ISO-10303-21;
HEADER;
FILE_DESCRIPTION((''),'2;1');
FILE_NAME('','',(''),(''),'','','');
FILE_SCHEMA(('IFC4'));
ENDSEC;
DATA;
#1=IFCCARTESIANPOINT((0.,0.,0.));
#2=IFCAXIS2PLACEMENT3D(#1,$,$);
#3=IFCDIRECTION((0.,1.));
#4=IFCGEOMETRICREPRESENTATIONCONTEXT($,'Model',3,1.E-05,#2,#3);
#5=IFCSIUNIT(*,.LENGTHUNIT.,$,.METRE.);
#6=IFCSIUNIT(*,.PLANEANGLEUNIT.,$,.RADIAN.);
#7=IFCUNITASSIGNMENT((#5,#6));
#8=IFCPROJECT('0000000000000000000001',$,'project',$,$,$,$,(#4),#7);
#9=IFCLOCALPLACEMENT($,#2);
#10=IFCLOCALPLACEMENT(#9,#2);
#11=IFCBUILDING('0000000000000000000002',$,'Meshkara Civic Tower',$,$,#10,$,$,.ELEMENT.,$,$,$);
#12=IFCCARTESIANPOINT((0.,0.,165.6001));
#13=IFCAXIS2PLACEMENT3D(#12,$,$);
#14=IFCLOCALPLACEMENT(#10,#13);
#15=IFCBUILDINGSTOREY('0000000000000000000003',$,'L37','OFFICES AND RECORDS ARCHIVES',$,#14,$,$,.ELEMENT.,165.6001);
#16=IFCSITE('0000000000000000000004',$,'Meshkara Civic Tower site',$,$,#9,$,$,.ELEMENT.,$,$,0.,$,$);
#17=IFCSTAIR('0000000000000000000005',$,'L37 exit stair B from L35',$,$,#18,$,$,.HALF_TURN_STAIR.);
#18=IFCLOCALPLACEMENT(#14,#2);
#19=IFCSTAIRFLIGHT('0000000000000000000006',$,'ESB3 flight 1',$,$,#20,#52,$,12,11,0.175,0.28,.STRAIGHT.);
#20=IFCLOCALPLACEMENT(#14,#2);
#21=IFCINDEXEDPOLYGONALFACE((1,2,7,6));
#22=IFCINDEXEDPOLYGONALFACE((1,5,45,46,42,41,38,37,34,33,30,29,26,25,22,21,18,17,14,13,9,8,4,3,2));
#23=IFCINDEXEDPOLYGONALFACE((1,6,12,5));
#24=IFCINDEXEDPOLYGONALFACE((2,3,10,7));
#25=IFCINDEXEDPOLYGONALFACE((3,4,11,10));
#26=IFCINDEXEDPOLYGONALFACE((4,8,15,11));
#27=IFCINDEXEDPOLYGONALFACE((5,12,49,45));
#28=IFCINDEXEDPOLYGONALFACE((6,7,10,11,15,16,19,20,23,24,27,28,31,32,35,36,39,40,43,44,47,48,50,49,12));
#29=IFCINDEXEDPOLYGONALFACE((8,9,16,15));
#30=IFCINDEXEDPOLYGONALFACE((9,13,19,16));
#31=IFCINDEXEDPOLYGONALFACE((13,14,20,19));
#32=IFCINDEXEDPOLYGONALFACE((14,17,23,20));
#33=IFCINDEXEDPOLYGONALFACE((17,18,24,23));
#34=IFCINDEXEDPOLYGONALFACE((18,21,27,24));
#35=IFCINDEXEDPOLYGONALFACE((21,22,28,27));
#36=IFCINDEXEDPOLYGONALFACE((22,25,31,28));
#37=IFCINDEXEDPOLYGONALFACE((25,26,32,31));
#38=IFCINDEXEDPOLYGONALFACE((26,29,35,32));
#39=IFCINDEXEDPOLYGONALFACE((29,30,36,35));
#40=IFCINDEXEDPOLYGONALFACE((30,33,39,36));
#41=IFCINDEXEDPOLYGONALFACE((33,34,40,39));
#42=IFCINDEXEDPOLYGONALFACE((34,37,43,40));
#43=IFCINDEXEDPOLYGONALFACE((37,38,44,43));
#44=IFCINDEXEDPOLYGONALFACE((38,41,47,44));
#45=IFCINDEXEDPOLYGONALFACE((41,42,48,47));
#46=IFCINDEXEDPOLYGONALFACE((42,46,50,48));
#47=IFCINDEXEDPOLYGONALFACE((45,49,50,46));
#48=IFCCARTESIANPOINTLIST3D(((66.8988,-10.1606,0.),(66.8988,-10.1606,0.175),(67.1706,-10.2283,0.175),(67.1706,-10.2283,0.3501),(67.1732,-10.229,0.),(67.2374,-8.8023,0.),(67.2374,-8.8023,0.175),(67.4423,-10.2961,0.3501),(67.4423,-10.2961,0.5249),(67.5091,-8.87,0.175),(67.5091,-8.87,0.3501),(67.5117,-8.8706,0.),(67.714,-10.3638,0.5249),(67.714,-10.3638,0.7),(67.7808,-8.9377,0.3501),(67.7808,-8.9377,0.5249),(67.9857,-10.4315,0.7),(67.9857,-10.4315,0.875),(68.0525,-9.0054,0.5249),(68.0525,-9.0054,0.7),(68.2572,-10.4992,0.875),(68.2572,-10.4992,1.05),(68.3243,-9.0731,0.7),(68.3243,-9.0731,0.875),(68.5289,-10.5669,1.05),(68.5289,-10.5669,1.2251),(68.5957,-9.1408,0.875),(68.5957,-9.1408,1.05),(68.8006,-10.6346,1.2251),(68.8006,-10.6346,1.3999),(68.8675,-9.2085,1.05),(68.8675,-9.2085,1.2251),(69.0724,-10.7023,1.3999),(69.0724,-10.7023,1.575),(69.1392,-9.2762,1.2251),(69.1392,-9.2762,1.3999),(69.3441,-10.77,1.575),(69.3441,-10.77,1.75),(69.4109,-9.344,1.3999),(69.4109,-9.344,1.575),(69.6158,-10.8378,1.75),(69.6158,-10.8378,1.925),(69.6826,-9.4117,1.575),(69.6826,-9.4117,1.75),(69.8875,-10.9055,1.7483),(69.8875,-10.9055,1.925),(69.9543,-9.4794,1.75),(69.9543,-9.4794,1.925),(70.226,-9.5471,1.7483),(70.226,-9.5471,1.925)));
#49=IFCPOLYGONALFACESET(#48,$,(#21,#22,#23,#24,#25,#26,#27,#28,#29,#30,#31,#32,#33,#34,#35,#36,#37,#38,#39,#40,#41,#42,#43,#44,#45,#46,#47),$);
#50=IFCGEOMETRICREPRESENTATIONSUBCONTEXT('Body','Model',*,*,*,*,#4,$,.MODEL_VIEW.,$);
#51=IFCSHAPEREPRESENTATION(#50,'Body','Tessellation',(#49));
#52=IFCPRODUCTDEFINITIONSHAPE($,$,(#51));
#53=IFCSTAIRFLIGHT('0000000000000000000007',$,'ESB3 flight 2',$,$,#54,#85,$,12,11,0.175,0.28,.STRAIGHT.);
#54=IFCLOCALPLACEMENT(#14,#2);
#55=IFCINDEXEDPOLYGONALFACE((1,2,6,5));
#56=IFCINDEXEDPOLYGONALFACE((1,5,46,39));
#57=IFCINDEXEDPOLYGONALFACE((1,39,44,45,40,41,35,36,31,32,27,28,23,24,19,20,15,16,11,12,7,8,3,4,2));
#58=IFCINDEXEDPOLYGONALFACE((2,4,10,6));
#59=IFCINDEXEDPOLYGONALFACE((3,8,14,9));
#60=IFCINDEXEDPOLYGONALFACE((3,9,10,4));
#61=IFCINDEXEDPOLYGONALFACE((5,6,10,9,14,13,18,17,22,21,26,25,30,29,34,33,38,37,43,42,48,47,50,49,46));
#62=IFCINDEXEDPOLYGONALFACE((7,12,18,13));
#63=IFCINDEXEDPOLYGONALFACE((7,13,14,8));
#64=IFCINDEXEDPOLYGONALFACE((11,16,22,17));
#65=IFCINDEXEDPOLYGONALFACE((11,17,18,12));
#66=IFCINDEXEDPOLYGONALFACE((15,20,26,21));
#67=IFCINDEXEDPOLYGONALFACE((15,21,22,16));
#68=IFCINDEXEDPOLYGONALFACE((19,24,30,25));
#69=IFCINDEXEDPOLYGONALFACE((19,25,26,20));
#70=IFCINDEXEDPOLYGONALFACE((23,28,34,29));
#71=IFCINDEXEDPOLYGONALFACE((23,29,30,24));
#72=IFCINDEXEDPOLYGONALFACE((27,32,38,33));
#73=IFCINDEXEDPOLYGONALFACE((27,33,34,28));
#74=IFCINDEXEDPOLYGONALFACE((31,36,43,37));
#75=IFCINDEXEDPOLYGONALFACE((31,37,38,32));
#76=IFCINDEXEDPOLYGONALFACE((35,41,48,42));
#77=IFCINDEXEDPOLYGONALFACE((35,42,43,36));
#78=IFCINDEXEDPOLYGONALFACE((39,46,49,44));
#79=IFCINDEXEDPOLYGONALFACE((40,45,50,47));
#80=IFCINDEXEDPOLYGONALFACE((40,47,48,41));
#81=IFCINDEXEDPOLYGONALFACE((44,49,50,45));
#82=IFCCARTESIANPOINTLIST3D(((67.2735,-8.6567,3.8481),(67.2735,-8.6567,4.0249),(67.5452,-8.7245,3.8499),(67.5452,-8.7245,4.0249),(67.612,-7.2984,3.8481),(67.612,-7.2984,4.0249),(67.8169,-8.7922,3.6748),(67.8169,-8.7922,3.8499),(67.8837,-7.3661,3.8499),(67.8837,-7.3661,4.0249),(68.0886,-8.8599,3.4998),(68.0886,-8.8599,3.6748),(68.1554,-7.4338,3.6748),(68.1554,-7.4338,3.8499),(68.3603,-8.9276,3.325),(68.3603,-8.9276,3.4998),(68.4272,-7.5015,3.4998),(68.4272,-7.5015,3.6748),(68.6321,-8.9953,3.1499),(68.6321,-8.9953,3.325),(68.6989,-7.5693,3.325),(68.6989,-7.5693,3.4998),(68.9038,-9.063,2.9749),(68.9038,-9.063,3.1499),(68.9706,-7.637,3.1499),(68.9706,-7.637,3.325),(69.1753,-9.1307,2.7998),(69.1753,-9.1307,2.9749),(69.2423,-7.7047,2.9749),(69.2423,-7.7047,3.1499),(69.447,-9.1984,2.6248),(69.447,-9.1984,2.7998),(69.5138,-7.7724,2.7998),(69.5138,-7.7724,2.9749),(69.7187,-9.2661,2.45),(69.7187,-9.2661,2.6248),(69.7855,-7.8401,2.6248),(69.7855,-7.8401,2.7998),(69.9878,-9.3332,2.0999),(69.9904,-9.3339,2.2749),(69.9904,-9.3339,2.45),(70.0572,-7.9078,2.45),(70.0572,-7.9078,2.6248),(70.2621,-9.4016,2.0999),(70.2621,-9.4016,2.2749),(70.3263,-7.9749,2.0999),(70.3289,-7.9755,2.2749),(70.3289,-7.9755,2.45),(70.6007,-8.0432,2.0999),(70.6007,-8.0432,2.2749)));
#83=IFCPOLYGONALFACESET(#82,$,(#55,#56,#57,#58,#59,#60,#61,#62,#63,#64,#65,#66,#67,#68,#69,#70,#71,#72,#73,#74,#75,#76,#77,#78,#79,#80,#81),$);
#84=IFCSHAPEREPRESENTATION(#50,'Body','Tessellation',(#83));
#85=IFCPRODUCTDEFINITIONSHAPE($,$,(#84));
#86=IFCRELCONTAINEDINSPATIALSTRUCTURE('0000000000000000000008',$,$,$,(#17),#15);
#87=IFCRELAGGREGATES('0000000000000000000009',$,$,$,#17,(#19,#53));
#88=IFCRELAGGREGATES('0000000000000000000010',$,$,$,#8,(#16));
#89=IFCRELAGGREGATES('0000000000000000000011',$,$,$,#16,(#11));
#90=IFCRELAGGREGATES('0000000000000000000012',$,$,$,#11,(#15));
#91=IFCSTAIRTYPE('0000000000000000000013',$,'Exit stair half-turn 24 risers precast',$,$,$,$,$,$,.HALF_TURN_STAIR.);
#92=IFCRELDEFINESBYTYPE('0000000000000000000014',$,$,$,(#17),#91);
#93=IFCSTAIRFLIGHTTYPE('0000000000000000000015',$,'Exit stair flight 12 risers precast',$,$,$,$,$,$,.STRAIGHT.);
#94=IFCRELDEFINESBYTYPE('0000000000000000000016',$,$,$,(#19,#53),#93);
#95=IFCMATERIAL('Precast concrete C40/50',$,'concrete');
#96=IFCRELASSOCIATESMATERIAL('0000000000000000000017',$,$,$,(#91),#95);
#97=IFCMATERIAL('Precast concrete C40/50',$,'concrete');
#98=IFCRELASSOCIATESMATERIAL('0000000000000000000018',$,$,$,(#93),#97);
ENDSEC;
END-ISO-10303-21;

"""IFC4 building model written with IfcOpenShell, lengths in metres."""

from ifc_helpers import new_model, si_unit, direction, frame, origin, place, context, subcontext, project, spatial, polyline, outline, extrude, material, type_object, element, aggregate, save


model = new_model("IFC4")

# Units and contexts
model_context = context("Model", 3, precision=1e-05, world=origin(), true_north=direction((0.0, 1.0)))
body_context = subcontext(model_context, "Body", "Model", "MODEL_VIEW")
ifc_project = project(units=[si_unit("LENGTHUNIT", "METRE"), si_unit("PLANEANGLEUNIT", "RADIAN")], contexts=[model_context])

# Site, building, storey
site_placement = place(None, origin())
site = spatial("IfcSite", under=ifc_project, at=site_placement, Name="Meshkara Civic Tower site", CompositionType="ELEMENT", RefElevation=0.0)
building_placement = place(site_placement, origin())
building = spatial("IfcBuilding", under=site, at=building_placement, Name="Meshkara Civic Tower", CompositionType="ELEMENT")
storey_placement = place(building_placement, frame((0.0, 0.0, 165.6001)))
storey = spatial("IfcBuildingStorey", under=building, at=storey_placement, Name="L37", Description="OFFICES AND RECORDS ARCHIVES", CompositionType="ELEMENT", Elevation=165.6001)

# Stair, stair flights
ifc_material_1 = material(Name="Precast concrete C40/50", Category="concrete")
stair_type = type_object("IfcStairType", Name="Exit stair half-turn 24 risers precast", PredefinedType="HALF_TURN_STAIR", material=ifc_material_1)
stair_placement = place(storey_placement, origin())
stair = element("IfcStair", 1, at=stair_placement, inside=storey, type_object=stair_type, Name="L37 exit stair B from L35", PredefinedType="HALF_TURN_STAIR")
ifc_material_2 = material(Name="Precast concrete C40/50", Category="concrete")
stair_flight_type = type_object("IfcStairFlightType", Name="Exit stair flight 12 risers precast", PredefinedType="STRAIGHT", material=ifc_material_2)
stair_flight_1_placement = place(storey_placement, frame((67.0681, -9.4814, 0.0), z_axis=(0.0, 0.0, 1.0), x_axis=(0.970319, -0.24183, 0.0)))
stair_flight_1 = element("IfcStairFlight", 2, at=stair_flight_1_placement, type_object=stair_flight_type, Name="ESB3 flight 1", NumberOfRisers=12, NumberOfTreads=11, PredefinedType="STRAIGHT", RiserHeight=0.175, TreadLength=0.28, context=body_context, shape_type="SweptSolid", body=[
    extrude(outline(polyline([(0.0, 0.0), (0.0, 0.175), (0.28, 0.175), (0.28, 0.3501), (0.5601, 0.3501), (0.5601, 0.5249), (0.8401, 0.5249), (0.8401, 0.7), (1.1201, 0.7), (1.1201, 0.875), (1.3999, 0.875), (1.3999, 1.05), (1.6799, 1.05), (1.6799, 1.2251), (1.96, 1.2251), (1.96, 1.3999), (2.24, 1.3999), (2.24, 1.575), (2.52, 1.575), (2.52, 1.75), (2.8, 1.75), (2.8, 1.925), (3.0801, 1.925), (3.0801, 2.1001), (3.0801, 1.7483), (0.2827, 0.0), (0.0, 0.0)])), frame((0.0, 0.7, 0.0), z_axis=(0.0, -1.0, 0.0), x_axis=(1.0, 0.0, 0.0)), (0.0, 0.0, 1.0), 1.3999),
])
stair_flight_2_placement = place(storey_placement, frame((70.4314, -8.7224, 2.0999), z_axis=(0.0, 0.0, 1.0), x_axis=(-0.970319, 0.24183, 0.0)))
stair_flight_2 = element("IfcStairFlight", 3, at=stair_flight_2_placement, type_object=stair_flight_type, Name="ESB3 flight 2", NumberOfRisers=12, NumberOfTreads=11, PredefinedType="STRAIGHT", RiserHeight=0.175, TreadLength=0.28, context=body_context, shape_type="SweptSolid", body=[
    extrude(outline(polyline([(0.0, 0.0), (0.0, 0.175), (0.28, 0.175), (0.28, 0.3501), (0.5601, 0.3501), (0.5601, 0.5249), (0.8401, 0.5249), (0.8401, 0.7), (1.1201, 0.7), (1.1201, 0.875), (1.3999, 0.875), (1.3999, 1.05), (1.6799, 1.05), (1.6799, 1.2251), (1.96, 1.2251), (1.96, 1.3999), (2.24, 1.3999), (2.24, 1.575), (2.52, 1.575), (2.52, 1.75), (2.8, 1.75), (2.8, 1.925), (3.0801, 1.925), (3.0801, 2.1001), (3.0801, 1.7483), (0.2827, 0.0), (0.0, 0.0)])), frame((0.0, 0.7, 0.0), z_axis=(0.0, -1.0, 0.0), x_axis=(1.0, 0.0, 0.0)), (0.0, 0.0, 1.0), 1.3999),
])
aggregate(stair, [stair_flight_1, stair_flight_2])

save(model, "model.ifc")
